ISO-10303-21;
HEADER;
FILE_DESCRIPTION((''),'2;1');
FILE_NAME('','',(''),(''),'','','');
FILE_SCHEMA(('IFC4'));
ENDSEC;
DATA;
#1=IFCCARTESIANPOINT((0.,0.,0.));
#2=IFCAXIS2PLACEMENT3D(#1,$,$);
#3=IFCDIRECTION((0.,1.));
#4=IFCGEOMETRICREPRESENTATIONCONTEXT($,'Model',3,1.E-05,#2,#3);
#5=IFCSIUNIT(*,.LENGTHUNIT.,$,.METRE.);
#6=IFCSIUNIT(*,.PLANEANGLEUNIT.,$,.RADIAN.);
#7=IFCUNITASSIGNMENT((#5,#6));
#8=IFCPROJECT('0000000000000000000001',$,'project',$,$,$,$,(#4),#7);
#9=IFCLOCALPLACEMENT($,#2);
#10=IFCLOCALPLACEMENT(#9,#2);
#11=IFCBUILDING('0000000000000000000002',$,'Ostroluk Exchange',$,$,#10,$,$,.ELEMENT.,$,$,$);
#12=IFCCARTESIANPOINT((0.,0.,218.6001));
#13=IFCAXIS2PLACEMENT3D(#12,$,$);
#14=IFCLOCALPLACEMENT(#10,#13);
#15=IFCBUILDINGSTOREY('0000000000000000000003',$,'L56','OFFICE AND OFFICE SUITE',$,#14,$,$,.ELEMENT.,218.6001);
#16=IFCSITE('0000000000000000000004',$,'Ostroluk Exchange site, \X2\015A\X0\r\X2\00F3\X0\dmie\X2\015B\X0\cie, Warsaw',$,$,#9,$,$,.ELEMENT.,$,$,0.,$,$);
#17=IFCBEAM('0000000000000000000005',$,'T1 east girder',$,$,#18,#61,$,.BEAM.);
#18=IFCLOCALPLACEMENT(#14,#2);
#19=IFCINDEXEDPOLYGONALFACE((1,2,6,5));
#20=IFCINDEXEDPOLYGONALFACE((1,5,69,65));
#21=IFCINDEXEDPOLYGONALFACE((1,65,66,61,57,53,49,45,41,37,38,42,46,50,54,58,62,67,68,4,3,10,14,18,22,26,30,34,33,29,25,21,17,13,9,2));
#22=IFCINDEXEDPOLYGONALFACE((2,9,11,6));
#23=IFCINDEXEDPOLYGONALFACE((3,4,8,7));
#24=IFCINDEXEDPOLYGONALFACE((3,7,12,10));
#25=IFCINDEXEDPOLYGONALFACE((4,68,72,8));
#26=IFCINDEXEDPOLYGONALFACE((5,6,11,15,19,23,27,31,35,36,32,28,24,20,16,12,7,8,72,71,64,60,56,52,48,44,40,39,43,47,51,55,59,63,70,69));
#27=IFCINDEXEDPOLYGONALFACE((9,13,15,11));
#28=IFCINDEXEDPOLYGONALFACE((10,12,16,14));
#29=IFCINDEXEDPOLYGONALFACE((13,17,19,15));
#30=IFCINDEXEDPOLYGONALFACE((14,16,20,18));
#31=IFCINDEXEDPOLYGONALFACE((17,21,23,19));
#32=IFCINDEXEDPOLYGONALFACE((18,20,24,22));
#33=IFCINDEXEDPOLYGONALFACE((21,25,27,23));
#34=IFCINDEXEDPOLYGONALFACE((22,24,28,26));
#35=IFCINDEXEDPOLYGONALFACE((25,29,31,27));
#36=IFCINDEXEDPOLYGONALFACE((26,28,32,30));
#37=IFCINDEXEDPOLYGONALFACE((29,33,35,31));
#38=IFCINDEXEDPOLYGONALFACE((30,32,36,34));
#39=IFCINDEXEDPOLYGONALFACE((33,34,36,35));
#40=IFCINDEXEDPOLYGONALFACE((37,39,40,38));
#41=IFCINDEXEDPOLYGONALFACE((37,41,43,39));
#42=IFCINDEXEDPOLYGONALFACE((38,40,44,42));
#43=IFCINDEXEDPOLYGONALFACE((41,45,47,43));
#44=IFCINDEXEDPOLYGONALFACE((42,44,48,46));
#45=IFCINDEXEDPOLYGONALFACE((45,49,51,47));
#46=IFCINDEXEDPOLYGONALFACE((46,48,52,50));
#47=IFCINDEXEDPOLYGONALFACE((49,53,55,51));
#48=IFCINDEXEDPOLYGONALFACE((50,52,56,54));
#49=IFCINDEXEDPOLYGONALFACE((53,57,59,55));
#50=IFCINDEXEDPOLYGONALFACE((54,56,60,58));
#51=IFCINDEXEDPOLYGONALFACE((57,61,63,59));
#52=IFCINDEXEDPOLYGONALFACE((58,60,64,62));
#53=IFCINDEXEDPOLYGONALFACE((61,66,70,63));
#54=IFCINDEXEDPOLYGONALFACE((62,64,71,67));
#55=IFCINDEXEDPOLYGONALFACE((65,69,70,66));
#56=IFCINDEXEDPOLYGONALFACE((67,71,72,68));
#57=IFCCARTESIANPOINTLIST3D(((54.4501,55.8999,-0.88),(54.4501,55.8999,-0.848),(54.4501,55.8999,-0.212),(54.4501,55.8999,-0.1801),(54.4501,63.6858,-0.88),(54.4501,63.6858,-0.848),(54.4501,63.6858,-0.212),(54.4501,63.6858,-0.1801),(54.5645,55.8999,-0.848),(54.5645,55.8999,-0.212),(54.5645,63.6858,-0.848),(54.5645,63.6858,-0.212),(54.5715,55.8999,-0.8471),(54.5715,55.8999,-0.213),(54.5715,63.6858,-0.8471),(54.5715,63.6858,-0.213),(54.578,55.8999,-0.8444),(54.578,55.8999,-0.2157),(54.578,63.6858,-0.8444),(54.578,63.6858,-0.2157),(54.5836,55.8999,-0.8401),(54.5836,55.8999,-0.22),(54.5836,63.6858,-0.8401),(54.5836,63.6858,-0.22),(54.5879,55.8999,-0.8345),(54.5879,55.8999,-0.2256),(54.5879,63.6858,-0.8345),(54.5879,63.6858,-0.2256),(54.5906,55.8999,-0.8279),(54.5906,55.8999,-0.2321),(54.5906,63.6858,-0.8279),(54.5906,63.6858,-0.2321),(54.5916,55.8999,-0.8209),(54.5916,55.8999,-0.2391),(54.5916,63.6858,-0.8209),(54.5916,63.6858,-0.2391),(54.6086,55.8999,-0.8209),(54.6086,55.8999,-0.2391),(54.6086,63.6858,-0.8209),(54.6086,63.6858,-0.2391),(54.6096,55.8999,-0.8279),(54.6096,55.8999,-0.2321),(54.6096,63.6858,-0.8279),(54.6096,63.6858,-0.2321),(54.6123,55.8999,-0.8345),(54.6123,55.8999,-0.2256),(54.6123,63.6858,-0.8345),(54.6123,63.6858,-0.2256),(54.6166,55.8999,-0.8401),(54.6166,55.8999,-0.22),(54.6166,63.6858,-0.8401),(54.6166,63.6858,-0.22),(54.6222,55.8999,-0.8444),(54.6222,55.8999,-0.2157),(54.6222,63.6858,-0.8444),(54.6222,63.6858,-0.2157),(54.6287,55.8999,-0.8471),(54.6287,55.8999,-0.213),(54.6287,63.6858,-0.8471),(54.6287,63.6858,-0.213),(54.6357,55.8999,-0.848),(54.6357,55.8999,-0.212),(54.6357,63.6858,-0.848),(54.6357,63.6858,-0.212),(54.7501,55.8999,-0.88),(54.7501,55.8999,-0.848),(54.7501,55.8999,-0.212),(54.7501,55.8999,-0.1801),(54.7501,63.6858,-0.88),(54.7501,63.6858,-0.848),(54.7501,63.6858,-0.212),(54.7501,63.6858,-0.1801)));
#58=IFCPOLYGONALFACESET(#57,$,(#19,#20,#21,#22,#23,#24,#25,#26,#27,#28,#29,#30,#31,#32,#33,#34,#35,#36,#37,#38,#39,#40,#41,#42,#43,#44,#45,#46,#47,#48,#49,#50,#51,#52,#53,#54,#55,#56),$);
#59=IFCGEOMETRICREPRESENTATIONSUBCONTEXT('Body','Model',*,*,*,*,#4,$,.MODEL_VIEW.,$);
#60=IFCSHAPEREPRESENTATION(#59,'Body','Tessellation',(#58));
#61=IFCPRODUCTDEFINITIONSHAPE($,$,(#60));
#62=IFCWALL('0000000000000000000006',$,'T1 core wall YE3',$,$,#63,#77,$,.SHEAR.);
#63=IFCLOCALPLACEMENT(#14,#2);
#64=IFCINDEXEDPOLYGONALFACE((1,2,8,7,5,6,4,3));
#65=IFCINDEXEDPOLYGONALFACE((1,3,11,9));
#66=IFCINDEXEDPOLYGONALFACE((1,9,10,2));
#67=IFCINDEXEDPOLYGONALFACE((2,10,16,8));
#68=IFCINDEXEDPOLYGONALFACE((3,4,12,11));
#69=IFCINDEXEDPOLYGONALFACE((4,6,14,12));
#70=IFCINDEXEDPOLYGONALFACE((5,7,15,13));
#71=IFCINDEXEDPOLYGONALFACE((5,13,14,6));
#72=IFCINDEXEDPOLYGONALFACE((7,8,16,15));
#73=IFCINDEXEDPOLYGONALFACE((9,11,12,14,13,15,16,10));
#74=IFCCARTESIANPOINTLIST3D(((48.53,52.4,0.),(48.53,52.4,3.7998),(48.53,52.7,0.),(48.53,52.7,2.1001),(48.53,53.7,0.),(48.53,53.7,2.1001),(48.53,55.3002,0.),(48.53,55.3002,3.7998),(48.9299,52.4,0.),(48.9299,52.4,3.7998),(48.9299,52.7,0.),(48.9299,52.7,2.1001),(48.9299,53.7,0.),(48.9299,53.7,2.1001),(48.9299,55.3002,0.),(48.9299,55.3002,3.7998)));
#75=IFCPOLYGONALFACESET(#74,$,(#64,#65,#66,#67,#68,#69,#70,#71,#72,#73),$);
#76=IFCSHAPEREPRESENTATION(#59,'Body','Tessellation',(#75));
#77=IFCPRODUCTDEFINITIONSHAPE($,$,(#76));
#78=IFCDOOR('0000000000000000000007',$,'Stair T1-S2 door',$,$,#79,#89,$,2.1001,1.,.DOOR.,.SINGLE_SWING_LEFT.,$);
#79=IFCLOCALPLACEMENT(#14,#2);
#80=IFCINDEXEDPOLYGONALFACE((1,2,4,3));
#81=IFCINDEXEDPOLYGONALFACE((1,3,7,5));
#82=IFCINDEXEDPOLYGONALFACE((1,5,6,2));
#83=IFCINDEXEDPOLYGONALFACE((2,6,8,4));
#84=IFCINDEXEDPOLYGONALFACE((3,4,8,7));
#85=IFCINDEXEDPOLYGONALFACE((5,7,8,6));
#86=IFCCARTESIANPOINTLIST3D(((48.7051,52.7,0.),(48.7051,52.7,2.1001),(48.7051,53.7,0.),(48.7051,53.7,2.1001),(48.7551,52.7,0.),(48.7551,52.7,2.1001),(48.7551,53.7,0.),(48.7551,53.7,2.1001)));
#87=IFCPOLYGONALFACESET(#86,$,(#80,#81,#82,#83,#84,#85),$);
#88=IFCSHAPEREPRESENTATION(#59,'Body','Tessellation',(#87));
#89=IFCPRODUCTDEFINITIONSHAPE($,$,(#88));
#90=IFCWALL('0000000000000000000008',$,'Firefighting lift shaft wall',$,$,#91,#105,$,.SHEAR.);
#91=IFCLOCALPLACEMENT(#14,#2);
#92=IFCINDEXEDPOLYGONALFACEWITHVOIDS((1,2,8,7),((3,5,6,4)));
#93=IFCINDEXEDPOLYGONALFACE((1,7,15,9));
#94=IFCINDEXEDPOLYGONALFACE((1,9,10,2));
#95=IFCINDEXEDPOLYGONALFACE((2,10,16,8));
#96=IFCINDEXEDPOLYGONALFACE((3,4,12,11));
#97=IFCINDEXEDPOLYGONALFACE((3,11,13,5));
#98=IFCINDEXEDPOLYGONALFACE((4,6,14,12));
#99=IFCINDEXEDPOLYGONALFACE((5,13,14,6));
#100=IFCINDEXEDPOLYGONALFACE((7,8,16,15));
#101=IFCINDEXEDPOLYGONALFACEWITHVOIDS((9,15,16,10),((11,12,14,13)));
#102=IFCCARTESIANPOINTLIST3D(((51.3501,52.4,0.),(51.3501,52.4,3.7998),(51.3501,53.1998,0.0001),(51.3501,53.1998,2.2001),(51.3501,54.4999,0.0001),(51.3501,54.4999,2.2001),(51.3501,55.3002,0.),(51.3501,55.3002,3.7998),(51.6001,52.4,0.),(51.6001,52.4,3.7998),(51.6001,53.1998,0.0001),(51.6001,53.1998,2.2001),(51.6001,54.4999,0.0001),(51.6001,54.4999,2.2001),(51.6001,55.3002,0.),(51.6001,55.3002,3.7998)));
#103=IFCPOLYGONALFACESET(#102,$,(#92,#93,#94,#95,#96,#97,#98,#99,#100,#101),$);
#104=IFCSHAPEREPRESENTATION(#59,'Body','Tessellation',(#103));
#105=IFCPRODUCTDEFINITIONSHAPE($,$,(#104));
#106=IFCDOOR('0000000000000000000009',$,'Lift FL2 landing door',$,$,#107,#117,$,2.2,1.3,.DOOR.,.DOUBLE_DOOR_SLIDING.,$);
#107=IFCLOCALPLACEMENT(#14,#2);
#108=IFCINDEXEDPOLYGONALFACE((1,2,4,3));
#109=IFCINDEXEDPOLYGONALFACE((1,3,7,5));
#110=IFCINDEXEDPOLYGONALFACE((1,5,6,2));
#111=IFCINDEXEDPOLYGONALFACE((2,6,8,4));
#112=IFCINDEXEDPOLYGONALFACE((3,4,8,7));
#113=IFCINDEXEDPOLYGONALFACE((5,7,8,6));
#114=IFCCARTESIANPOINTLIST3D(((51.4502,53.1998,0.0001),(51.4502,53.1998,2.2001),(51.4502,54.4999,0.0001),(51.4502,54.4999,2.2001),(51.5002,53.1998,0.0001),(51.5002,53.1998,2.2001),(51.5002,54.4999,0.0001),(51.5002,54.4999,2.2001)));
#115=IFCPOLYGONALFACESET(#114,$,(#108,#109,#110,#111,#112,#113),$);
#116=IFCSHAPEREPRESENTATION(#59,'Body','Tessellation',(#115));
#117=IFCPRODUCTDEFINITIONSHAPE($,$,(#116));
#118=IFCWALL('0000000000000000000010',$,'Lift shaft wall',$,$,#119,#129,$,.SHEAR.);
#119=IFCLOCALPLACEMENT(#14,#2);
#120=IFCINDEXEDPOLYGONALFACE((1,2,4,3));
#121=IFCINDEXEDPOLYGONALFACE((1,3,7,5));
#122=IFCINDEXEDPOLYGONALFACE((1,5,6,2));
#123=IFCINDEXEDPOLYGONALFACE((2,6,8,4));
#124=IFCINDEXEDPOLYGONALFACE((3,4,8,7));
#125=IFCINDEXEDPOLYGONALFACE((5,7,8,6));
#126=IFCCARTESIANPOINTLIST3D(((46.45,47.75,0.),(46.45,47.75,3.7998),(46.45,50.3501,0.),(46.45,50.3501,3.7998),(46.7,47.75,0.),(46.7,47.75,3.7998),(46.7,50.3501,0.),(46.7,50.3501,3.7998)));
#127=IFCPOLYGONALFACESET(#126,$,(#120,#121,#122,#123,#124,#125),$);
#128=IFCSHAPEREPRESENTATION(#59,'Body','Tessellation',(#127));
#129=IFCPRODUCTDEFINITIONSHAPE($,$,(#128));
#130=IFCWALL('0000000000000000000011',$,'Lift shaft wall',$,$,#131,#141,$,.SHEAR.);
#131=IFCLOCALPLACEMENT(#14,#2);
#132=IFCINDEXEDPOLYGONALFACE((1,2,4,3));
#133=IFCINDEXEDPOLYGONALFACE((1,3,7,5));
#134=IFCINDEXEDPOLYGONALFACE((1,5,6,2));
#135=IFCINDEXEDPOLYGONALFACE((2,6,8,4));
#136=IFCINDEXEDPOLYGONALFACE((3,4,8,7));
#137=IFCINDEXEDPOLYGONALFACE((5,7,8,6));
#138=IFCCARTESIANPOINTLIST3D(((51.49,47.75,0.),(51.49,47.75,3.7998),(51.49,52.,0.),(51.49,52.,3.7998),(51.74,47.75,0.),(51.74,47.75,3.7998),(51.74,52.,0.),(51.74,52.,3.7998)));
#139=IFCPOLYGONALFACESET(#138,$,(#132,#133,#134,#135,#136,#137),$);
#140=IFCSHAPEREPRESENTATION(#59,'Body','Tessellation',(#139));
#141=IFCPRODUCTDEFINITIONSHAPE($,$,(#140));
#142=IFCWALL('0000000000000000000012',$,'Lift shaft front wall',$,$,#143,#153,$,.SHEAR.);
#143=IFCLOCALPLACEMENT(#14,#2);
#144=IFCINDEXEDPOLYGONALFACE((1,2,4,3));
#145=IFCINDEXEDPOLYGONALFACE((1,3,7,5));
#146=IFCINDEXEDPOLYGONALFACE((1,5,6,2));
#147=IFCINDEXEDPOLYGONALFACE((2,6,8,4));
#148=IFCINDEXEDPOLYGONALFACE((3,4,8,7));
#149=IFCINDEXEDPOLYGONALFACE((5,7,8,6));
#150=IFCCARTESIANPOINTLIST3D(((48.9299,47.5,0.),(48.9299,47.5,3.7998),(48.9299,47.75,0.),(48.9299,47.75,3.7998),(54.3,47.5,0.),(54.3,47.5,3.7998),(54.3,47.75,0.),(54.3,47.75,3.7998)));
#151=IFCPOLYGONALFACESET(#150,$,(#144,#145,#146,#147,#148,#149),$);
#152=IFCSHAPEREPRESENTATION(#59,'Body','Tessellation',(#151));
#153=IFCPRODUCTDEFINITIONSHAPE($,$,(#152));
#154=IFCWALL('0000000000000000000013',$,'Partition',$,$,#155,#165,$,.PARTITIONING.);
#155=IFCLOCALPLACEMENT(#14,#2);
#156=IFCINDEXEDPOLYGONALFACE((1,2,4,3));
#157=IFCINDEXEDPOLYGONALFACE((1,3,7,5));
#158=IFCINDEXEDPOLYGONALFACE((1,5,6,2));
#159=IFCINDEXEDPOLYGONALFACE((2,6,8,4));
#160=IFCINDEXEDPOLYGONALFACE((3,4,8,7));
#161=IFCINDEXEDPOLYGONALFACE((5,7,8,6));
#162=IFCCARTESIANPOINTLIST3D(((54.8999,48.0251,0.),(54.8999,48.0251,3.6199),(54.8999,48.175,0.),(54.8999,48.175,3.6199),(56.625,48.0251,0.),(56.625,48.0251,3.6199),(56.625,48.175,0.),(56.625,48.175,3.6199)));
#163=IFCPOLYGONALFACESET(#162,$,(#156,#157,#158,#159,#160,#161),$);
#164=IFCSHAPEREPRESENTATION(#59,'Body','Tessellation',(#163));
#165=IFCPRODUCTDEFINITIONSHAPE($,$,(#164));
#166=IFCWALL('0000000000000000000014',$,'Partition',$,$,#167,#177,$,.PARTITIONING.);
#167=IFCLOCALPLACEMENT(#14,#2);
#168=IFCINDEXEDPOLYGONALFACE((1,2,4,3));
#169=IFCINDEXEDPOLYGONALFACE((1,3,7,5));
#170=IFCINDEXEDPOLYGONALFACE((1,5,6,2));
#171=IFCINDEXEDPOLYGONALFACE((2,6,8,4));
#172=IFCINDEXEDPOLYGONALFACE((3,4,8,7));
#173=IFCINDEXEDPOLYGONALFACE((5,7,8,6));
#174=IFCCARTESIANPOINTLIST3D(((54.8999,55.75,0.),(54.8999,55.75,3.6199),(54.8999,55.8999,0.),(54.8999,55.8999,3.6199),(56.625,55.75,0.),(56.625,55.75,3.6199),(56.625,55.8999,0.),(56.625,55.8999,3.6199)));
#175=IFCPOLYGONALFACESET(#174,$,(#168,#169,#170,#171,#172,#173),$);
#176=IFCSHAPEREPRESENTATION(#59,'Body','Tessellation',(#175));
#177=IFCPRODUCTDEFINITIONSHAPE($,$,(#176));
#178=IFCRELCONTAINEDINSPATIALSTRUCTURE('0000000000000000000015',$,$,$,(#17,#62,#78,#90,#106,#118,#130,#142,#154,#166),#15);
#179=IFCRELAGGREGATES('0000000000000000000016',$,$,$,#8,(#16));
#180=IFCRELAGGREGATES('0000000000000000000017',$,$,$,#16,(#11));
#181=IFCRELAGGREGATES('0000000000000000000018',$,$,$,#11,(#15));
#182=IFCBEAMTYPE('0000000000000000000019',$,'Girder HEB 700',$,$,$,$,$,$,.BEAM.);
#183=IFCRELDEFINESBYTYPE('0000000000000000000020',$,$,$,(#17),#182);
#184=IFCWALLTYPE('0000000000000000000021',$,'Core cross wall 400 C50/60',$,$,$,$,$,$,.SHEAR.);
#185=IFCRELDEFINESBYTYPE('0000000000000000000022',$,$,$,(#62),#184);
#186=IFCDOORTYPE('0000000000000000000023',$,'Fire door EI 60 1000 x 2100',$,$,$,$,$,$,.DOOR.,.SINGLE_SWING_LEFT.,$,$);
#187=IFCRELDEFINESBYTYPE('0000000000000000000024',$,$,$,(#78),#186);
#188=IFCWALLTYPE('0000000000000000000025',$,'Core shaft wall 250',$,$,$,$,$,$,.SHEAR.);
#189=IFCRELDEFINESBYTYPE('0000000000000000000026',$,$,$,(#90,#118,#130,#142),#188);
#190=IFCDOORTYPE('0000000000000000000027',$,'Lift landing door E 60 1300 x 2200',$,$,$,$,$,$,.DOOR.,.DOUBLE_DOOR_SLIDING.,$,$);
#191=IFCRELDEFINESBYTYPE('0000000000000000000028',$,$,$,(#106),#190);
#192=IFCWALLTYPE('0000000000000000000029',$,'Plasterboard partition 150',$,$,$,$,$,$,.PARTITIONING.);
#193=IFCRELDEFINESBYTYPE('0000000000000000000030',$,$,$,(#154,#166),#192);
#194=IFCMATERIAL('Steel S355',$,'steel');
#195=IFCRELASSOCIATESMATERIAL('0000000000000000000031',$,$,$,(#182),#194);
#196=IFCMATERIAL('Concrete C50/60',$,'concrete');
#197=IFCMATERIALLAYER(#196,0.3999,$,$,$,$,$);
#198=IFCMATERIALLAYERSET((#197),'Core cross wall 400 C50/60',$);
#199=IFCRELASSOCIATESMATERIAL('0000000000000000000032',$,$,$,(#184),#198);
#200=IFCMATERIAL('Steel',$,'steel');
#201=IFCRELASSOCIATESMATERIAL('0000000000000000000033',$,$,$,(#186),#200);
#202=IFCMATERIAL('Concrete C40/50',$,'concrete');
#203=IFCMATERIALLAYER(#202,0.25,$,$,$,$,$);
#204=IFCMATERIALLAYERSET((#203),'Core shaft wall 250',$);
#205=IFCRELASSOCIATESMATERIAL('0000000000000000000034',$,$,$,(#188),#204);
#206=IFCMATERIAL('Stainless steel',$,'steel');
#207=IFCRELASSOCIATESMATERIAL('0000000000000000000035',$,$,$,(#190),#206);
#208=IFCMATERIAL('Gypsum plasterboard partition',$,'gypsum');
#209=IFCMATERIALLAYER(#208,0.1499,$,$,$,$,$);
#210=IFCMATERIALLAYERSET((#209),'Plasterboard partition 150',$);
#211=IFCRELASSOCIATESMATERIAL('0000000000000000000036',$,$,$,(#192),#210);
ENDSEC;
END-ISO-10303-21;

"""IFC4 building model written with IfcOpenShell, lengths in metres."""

from ifc_helpers import new_model, si_unit, direction, frame, frame_2d, origin, origin_2d, place, context, subcontext, project, spatial, rectangle, i_section, extrude, material, layer, layer_set, material_profile, profile_set, type_object, element, fill, save


model = new_model("IFC4")

# Units and contexts
model_context = context("Model", 3, precision=1e-05, world=origin(), true_north=direction((0.0, 1.0)))
body_context = subcontext(model_context, "Body", "Model", "MODEL_VIEW")
ifc_project = project(units=[si_unit("LENGTHUNIT", "METRE"), si_unit("PLANEANGLEUNIT", "RADIAN")], contexts=[model_context])

# Site, building, storey
site_placement = place(None, origin())
site = spatial("IfcSite", under=ifc_project, at=site_placement, Name="Ostroluk Exchange site, Śródmieście, Warsaw", CompositionType="ELEMENT", RefElevation=0.0)
building_placement = place(site_placement, origin())
building = spatial("IfcBuilding", under=site, at=building_placement, Name="Ostroluk Exchange", CompositionType="ELEMENT")
storey_placement = place(building_placement, frame((0.0, 0.0, 218.6001)))
storey = spatial("IfcBuildingStorey", under=building, at=storey_placement, Name="L56", Description="OFFICE AND OFFICE SUITE", CompositionType="ELEMENT", Elevation=218.6001)

# Beam
ifc_material_1 = material(Name="Steel S355", Category="steel")
ifc_material_profile_1 = material_profile(ifc_material_1, i_section(OverallWidth=0.3, OverallDepth=0.7, WebThickness=0.0171, FlangeThickness=0.032, FilletRadius=0.0271, at=origin_2d()), Name="HEB 700")
ifc_profile_set_1 = profile_set([ifc_material_profile_1], Name="Steel S355")
beam_type_1 = type_object("IfcBeamType", Name="Girder HEB 700", PredefinedType="BEAM", material=ifc_profile_set_1)
beam_placement = place(storey_placement, frame((54.6001, 55.8999, -0.53), z_axis=(0.0, 1.0, 0.0), x_axis=(-1.0, 0.0, 0.0)))
element("IfcBeam", 1, at=beam_placement, inside=storey, type_object=beam_type_1, Name="T1 east girder", PredefinedType="BEAM", context=body_context, shape_type="SweptSolid", body=[
    extrude(i_section(OverallWidth=0.3, OverallDepth=0.7, WebThickness=0.0171, FlangeThickness=0.032, FilletRadius=0.0271, at=origin_2d()), origin(), (0.0, 0.0, 1.0), 7.7859),
])

# Walls, openings, doors
ifc_material_2 = material(Name="Concrete C50/60", Category="concrete")
ifc_layer_1 = layer(ifc_material_2, 0.3999)
ifc_layer_set_1 = layer_set([ifc_layer_1], Name="Core cross wall 400 C50/60")
wall_type_1 = type_object("IfcWallType", Name="Core cross wall 400 C50/60", PredefinedType="SHEAR", material=ifc_layer_set_1)
wall_1_placement = place(storey_placement, frame((48.73, 52.3999, 0.0), z_axis=(0.0, 0.0, 1.0), x_axis=(0.0, 1.0, 0.0)))
wall_1 = element("IfcWall", 2, at=wall_1_placement, inside=storey, type_object=wall_type_1, Name="T1 core wall YE3", PredefinedType="SHEAR", context=body_context, shape_type="SweptSolid", body=[
    extrude(rectangle(XDim=2.9001, YDim=0.3999, at=frame_2d((1.4502, 0.0))), origin(), (0.0, 0.0, 1.0), 3.7998),
])
opening_1_placement = place(wall_1_placement, frame((0.3, 0.0, 0.0)))
opening_1 = element("IfcOpeningElement", 3, at=opening_1_placement, cuts=wall_1, PredefinedType="OPENING", context=body_context, shape_type="SweptSolid", body=[
    extrude(rectangle(XDim=1.0, YDim=2.1001, at=frame_2d((0.5, 1.05))), frame((0.0, 0.21, 0.0), z_axis=(0.0, -1.0, 0.0), x_axis=(1.0, 0.0, 0.0)), (0.0, 0.0, 1.0), 0.4199),
])
ifc_material_3 = material(Name="Steel", Category="steel")
door_type_1 = type_object("IfcDoorType", Name="Fire door EI 60 1000 x 2100", OperationType="SINGLE_SWING_LEFT", PredefinedType="DOOR", material=ifc_material_3)
door_1_placement = place(opening_1_placement, origin())
door_1 = element("IfcDoor", 4, at=door_1_placement, inside=storey, type_object=door_type_1, Name="Stair T1-S2 door", OperationType="SINGLE_SWING_LEFT", OverallHeight=2.1001, OverallWidth=1.0, PredefinedType="DOOR", context=body_context, shape_type="SweptSolid", body=[
    extrude(rectangle(XDim=1.0, YDim=2.1001, at=frame_2d((0.5, 1.05))), frame((0.0, 0.0249, 0.0), z_axis=(0.0, -1.0, 0.0), x_axis=(1.0, 0.0, 0.0)), (0.0, 0.0, 1.0), 0.05),
])
fill(opening_1, door_1)
ifc_material_4 = material(Name="Concrete C40/50", Category="concrete")
ifc_layer_2 = layer(ifc_material_4, 0.25)
ifc_layer_set_2 = layer_set([ifc_layer_2], Name="Core shaft wall 250")
wall_type_2 = type_object("IfcWallType", Name="Core shaft wall 250", PredefinedType="SHEAR", material=ifc_layer_set_2)
wall_2_placement = place(storey_placement, frame((51.4751, 52.3999, 0.0), z_axis=(0.0, 0.0, 1.0), x_axis=(0.0, 1.0, 0.0)))
wall_2 = element("IfcWall", 5, at=wall_2_placement, inside=storey, type_object=wall_type_2, Name="Firefighting lift shaft wall", PredefinedType="SHEAR", context=body_context, shape_type="SweptSolid", body=[
    extrude(rectangle(XDim=2.9001, YDim=0.25, at=frame_2d((1.4502, 0.0))), origin(), (0.0, 0.0, 1.0), 3.7998),
])
opening_2_placement = place(wall_2_placement, frame((0.8, 0.0, 0.0)))
opening_2 = element("IfcOpeningElement", 6, at=opening_2_placement, cuts=wall_2, PredefinedType="OPENING", context=body_context, shape_type="SweptSolid", body=[
    extrude(rectangle(XDim=1.3, YDim=2.2, at=frame_2d((0.6499, 1.1001))), frame((0.0, 0.135, 0.0), z_axis=(0.0, -1.0, 0.0), x_axis=(1.0, 0.0, 0.0)), (0.0, 0.0, 1.0), 0.27),
])
ifc_material_5 = material(Name="Stainless steel", Category="steel")
door_type_2 = type_object("IfcDoorType", Name="Lift landing door E 60 1300 x 2200", OperationType="DOUBLE_DOOR_SLIDING", PredefinedType="DOOR", material=ifc_material_5)
door_2_placement = place(opening_2_placement, origin())
door_2 = element("IfcDoor", 7, at=door_2_placement, inside=storey, type_object=door_type_2, Name="Lift FL2 landing door", OperationType="DOUBLE_DOOR_SLIDING", OverallHeight=2.2, OverallWidth=1.3, PredefinedType="DOOR", context=body_context, shape_type="SweptSolid", body=[
    extrude(rectangle(XDim=1.3, YDim=2.2, at=frame_2d((0.6499, 1.1001))), frame((0.0, 0.0249, 0.0), z_axis=(0.0, -1.0, 0.0), x_axis=(1.0, 0.0, 0.0)), (0.0, 0.0, 1.0), 0.05),
])
fill(opening_2, door_2)

# Walls
wall_3_placement = place(storey_placement, frame((46.575, 47.75, 0.0), z_axis=(0.0, 0.0, 1.0), x_axis=(0.0, 1.0, 0.0)))
element("IfcWall", 8, at=wall_3_placement, inside=storey, type_object=wall_type_2, Name="Lift shaft wall", PredefinedType="SHEAR", context=body_context, shape_type="SweptSolid", body=[
    extrude(rectangle(XDim=2.6001, YDim=0.25, at=frame_2d((1.3, 0.0))), origin(), (0.0, 0.0, 1.0), 3.7998),
])
wall_4_placement = place(storey_placement, frame((51.615, 47.75, 0.0), z_axis=(0.0, 0.0, 1.0), x_axis=(0.0, 1.0, 0.0)))
element("IfcWall", 9, at=wall_4_placement, inside=storey, type_object=wall_type_2, Name="Lift shaft wall", PredefinedType="SHEAR", context=body_context, shape_type="SweptSolid", body=[
    extrude(rectangle(XDim=4.25, YDim=0.25, at=frame_2d((2.125, 0.0))), origin(), (0.0, 0.0, 1.0), 3.7998),
])
wall_5_placement = place(storey_placement, frame((48.9299, 47.625, 0.0), z_axis=(0.0, 0.0, 1.0), x_axis=(1.0, 0.0, 0.0)))
element("IfcWall", 10, at=wall_5_placement, inside=storey, type_object=wall_type_2, Name="Lift shaft front wall", PredefinedType="SHEAR", context=body_context, shape_type="SweptSolid", body=[
    extrude(rectangle(XDim=5.3701, YDim=0.25, at=frame_2d((2.6851, 0.0))), origin(), (0.0, 0.0, 1.0), 3.7998),
])
ifc_material_6 = material(Name="Gypsum plasterboard partition", Category="gypsum")
ifc_layer_3 = layer(ifc_material_6, 0.1499)
ifc_layer_set_3 = layer_set([ifc_layer_3], Name="Plasterboard partition 150")
wall_type_3 = type_object("IfcWallType", Name="Plasterboard partition 150", PredefinedType="PARTITIONING", material=ifc_layer_set_3)
for number, where, z_axis, x_axis, name in (
    (11, (54.8999, 48.1001, 0.0), (0.0, 0.0, 1.0), (1.0, 0.0, 0.0), "Partition"),
    (12, (54.8999, 55.825, 0.0), (0.0, 0.0, 1.0), (1.0, 0.0, 0.0), "Partition"),
):
    element("IfcWall", number, at=place(storey_placement, frame(where, z_axis=z_axis, x_axis=x_axis)), inside=storey, type_object=wall_type_3, Name=name, PredefinedType="PARTITIONING", context=body_context, shape_type="SweptSolid", body=[
        extrude(rectangle(XDim=1.7251, YDim=0.1499, at=frame_2d((0.8625, 0.0))), origin(), (0.0, 0.0, 1.0), 3.6199),
    ])

save(model, "model.ifc")
